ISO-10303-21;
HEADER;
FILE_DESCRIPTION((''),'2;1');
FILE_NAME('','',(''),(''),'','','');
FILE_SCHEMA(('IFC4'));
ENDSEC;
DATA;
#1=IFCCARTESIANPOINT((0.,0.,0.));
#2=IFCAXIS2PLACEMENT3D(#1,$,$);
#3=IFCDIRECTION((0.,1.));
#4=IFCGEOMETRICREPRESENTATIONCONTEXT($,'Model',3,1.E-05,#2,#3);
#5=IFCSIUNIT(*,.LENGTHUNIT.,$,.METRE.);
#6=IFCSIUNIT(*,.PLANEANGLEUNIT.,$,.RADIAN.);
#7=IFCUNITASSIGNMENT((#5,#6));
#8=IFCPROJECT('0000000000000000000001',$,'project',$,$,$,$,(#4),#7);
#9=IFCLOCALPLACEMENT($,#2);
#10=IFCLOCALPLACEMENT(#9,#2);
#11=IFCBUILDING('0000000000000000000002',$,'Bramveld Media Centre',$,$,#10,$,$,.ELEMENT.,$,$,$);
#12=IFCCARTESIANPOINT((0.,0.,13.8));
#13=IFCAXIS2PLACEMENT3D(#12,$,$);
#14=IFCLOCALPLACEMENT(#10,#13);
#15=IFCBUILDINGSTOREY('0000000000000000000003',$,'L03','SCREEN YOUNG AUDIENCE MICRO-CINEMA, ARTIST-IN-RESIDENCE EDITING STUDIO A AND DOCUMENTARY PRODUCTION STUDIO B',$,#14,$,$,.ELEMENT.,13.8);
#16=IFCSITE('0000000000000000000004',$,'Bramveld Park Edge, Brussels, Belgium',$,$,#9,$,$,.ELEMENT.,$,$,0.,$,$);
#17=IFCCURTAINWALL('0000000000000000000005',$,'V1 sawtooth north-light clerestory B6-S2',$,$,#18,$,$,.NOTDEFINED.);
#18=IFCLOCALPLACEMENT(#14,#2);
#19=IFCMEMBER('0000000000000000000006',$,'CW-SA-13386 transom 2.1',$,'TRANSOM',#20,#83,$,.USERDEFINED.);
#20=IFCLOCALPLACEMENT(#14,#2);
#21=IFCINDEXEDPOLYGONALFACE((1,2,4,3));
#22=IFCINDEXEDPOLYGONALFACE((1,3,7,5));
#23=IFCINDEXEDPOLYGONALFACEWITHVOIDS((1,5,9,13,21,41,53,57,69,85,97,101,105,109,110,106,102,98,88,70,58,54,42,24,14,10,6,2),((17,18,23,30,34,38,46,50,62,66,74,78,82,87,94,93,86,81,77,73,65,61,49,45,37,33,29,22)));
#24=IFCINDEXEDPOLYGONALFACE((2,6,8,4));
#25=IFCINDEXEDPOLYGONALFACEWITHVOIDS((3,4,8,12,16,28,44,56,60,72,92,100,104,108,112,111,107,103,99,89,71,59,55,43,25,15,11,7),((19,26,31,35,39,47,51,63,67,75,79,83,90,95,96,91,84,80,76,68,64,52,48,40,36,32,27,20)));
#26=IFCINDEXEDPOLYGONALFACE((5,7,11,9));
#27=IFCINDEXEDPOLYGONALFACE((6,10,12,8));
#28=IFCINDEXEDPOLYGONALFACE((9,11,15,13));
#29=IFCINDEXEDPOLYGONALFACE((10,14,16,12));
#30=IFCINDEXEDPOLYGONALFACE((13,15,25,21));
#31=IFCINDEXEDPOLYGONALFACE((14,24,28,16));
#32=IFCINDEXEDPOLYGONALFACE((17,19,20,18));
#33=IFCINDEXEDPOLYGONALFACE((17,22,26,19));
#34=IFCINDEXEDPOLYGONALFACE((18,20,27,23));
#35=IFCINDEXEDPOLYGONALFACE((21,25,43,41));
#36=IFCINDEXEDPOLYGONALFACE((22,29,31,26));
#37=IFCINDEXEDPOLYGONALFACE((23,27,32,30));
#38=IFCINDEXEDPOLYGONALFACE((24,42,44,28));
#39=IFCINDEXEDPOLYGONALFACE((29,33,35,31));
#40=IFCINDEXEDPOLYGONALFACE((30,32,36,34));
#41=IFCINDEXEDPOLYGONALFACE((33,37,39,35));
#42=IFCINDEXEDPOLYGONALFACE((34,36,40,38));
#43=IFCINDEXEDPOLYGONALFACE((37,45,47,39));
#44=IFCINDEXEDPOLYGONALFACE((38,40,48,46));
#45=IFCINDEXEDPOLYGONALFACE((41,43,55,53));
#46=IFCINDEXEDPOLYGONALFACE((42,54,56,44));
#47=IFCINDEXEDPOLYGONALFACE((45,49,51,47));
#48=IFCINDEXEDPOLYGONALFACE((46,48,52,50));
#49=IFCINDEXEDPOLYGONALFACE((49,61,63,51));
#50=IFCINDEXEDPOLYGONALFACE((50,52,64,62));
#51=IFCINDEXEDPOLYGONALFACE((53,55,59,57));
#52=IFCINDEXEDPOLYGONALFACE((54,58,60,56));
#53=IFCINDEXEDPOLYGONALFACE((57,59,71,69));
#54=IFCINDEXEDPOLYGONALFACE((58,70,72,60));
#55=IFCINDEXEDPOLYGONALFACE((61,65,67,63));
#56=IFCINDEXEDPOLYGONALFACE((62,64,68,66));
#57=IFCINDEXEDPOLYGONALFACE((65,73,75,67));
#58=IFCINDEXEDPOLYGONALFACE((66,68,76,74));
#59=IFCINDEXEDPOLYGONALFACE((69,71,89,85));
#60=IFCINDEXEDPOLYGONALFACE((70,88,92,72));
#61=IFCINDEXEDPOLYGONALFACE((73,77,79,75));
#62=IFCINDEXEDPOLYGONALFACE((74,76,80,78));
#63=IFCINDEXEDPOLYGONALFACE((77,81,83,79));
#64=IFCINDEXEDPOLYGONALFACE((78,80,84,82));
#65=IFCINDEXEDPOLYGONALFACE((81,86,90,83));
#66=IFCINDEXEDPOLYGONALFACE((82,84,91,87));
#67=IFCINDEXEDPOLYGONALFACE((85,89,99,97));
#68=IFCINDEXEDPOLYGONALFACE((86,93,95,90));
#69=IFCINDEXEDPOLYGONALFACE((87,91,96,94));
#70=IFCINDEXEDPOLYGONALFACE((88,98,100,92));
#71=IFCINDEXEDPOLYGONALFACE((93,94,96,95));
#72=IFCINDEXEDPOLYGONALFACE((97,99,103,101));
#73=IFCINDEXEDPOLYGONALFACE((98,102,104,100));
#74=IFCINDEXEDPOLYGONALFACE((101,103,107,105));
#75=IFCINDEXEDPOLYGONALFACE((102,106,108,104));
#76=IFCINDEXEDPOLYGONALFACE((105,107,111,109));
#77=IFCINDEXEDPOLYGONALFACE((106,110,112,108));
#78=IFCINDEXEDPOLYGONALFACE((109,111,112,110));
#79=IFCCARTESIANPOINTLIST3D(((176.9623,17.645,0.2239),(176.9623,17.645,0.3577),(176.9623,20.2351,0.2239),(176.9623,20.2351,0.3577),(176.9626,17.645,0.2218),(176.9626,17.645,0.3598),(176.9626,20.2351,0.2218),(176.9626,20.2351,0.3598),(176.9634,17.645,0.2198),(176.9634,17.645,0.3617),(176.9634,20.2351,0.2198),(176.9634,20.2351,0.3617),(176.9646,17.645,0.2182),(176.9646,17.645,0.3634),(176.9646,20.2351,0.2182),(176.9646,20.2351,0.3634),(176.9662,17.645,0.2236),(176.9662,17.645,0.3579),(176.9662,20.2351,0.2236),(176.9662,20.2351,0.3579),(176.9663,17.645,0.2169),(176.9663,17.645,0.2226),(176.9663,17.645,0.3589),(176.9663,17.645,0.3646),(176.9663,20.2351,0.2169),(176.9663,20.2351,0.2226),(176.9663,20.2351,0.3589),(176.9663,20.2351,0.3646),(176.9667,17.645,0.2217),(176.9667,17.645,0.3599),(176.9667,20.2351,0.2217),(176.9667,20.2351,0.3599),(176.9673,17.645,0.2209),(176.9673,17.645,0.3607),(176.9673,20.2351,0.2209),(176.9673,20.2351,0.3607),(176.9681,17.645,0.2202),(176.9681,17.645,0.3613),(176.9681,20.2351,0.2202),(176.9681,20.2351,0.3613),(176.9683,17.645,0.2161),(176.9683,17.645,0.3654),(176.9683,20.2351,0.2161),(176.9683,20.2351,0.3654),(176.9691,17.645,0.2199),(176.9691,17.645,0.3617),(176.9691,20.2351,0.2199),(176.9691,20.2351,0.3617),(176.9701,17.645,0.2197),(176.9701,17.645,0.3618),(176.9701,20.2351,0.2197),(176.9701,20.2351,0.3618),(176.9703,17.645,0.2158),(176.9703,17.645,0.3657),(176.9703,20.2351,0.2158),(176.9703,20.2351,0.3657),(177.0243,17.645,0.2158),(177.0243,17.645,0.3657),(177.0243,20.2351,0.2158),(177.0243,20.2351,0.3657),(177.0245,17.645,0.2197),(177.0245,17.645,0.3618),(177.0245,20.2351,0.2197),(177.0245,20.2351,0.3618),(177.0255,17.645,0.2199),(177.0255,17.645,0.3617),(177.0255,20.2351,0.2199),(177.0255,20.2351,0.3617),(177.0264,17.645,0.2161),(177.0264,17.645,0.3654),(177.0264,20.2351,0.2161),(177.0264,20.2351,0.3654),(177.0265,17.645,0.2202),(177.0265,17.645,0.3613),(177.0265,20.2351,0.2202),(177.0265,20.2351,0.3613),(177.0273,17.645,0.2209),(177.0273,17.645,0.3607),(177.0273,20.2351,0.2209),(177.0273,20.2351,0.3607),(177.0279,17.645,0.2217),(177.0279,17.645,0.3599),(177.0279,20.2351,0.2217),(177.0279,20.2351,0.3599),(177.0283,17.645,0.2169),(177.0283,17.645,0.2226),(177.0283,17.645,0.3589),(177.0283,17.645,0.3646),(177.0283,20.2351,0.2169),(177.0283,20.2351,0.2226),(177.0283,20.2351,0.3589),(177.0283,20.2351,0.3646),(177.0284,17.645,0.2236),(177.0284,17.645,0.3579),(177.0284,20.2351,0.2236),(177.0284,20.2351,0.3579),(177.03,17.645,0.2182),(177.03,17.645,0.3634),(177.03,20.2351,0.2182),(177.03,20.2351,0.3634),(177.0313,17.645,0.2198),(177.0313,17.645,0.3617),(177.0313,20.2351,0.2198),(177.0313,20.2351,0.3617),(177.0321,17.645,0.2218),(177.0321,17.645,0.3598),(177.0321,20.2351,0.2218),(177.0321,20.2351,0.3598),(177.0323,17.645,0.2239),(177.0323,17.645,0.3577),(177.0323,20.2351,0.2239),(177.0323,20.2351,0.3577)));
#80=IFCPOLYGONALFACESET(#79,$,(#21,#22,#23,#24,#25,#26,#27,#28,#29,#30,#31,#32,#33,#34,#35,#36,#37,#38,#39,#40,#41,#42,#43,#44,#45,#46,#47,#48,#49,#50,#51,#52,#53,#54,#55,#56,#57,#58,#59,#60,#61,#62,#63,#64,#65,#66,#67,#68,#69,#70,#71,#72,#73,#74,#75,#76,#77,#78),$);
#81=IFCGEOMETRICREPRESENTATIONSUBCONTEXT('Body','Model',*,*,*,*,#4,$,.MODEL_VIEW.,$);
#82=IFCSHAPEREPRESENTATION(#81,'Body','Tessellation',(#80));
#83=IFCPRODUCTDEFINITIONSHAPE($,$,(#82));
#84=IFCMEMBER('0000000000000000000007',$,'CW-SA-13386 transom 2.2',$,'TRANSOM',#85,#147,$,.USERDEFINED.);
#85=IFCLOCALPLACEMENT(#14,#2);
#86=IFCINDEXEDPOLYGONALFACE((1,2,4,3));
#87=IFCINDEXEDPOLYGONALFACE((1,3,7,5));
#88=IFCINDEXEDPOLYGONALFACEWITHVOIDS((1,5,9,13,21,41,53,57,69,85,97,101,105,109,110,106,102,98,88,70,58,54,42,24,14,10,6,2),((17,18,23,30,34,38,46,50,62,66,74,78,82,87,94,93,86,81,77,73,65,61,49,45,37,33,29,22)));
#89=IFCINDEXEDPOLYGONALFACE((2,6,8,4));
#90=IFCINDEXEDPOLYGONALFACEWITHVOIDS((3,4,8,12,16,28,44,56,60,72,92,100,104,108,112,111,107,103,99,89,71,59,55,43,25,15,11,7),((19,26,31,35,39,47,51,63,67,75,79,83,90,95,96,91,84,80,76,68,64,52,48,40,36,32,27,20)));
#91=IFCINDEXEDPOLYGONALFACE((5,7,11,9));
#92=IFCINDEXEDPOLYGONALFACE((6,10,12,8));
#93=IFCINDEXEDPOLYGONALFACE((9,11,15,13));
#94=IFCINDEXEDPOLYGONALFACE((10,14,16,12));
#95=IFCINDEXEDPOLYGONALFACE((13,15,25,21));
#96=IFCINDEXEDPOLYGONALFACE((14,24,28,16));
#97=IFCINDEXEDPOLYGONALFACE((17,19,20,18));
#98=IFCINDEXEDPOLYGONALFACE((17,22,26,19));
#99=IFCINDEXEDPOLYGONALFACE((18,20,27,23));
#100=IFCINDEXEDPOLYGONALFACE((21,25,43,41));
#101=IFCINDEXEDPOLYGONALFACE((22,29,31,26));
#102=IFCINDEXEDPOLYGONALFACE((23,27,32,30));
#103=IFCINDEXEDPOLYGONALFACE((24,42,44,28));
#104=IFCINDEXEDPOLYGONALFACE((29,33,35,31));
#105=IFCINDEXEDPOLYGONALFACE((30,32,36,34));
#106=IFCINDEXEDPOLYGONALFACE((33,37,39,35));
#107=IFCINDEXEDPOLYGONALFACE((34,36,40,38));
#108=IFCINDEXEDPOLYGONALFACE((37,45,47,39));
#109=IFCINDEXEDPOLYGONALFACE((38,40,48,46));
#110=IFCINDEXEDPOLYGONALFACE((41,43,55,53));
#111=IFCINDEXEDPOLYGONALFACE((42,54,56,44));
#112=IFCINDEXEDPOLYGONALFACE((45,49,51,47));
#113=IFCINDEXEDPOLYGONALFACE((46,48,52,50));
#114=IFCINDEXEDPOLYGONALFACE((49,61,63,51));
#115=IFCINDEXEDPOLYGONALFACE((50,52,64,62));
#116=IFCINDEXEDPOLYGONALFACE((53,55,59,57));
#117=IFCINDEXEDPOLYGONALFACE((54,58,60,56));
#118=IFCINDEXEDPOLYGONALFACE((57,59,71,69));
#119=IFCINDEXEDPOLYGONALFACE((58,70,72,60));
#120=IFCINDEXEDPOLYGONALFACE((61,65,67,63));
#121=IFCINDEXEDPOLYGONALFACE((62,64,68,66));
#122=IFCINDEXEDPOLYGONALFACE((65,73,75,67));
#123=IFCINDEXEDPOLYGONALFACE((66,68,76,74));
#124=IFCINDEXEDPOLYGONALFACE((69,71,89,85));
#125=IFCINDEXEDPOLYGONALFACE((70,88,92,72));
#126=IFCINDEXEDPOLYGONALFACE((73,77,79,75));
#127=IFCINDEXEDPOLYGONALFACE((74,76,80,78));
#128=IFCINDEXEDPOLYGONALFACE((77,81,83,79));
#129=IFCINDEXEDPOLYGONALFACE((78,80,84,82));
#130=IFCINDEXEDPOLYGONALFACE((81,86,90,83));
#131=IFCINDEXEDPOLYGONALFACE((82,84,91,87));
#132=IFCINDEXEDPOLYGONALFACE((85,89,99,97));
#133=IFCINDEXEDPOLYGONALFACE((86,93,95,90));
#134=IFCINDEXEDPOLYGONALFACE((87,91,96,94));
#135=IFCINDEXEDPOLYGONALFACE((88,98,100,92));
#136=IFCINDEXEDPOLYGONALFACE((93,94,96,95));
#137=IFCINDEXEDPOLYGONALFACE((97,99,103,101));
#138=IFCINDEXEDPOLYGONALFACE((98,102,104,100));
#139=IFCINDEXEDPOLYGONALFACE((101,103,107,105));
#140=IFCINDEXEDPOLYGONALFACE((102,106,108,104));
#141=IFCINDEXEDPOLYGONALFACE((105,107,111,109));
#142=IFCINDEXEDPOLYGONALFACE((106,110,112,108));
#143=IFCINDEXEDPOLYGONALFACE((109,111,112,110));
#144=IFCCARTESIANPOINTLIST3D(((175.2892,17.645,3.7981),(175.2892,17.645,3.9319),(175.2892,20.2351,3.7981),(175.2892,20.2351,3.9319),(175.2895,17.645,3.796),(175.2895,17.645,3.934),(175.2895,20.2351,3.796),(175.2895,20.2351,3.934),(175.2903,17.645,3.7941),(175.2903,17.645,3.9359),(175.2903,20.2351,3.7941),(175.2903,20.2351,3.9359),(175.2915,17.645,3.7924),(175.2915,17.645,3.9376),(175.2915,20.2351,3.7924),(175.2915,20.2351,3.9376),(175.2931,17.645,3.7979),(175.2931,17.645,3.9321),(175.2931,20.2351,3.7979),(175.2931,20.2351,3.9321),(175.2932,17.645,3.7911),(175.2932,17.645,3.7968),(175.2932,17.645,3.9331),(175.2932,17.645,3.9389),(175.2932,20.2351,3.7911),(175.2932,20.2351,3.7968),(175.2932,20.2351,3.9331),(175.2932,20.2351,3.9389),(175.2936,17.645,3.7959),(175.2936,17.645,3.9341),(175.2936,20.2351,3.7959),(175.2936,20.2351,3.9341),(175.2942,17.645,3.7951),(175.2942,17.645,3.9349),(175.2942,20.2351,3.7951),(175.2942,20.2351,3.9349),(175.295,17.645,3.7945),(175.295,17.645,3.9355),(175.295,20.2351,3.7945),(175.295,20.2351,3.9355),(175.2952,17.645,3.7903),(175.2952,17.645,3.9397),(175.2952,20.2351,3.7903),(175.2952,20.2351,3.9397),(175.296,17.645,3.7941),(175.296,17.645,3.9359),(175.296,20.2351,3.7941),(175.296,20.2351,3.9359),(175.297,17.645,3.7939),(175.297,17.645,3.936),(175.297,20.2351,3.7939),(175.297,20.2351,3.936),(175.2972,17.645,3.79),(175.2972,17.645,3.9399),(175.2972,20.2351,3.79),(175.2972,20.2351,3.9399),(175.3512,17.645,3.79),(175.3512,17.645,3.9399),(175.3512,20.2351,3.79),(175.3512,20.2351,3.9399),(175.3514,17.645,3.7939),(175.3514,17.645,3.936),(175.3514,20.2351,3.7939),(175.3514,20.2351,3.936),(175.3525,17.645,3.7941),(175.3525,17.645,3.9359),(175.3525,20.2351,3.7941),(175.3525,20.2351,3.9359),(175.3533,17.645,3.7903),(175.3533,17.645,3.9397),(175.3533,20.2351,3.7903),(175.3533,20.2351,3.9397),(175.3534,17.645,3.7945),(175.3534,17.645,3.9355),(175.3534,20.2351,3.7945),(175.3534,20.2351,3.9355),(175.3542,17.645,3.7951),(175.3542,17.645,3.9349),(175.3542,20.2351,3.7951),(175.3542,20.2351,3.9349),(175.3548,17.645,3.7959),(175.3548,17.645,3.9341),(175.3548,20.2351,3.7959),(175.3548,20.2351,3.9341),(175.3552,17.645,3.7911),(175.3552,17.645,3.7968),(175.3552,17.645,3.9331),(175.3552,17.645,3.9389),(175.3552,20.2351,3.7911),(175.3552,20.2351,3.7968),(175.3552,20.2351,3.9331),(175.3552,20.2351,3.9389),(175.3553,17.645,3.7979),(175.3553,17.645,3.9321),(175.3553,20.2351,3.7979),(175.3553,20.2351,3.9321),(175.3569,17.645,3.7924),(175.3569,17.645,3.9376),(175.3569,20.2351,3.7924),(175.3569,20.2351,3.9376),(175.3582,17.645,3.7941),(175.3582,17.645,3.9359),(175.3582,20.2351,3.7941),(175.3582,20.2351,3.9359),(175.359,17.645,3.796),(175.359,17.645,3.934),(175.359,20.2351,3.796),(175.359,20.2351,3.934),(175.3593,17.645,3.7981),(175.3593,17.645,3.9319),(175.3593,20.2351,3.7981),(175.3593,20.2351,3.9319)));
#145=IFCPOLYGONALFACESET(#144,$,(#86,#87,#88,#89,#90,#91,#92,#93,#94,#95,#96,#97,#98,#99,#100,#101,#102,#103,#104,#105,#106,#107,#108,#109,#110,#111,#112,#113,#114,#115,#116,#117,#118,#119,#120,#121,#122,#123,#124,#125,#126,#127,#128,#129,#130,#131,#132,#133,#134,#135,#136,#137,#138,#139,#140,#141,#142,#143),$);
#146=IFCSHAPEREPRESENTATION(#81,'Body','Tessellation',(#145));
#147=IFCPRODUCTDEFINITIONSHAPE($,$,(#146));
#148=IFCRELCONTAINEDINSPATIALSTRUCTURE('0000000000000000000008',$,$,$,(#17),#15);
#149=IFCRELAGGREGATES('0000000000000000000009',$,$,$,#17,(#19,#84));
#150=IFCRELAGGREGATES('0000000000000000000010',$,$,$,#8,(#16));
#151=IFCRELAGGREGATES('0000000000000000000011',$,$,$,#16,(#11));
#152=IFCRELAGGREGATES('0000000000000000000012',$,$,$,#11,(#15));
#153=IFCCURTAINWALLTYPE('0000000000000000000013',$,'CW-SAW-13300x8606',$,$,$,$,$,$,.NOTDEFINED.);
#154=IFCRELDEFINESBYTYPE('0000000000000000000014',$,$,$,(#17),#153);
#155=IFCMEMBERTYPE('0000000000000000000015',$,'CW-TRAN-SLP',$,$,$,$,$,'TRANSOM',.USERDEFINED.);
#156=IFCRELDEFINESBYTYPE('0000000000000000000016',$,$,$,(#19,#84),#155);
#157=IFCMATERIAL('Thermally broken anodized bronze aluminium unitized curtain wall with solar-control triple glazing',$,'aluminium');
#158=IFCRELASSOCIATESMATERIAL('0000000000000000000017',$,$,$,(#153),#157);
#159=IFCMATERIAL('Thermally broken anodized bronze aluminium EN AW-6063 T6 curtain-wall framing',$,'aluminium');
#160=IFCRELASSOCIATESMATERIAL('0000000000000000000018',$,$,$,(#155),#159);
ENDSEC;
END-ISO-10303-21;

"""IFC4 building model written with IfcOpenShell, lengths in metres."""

from ifc_helpers import new_model, si_unit, direction, frame, origin, origin_2d, place, context, subcontext, project, spatial, hollow_rectangle, extrude, material, material_profile, profile_set, type_object, element, aggregate, save


model = new_model("IFC4")

# Units and contexts
model_context = context("Model", 3, precision=1e-05, world=origin(), true_north=direction((0.0, 1.0)))
body_context = subcontext(model_context, "Body", "Model", "MODEL_VIEW")
ifc_project = project(units=[si_unit("LENGTHUNIT", "METRE"), si_unit("PLANEANGLEUNIT", "RADIAN")], contexts=[model_context])

# Site, building, storey
site_placement = place(None, origin())
site = spatial("IfcSite", under=ifc_project, at=site_placement, Name="Bramveld Park Edge, Brussels, Belgium", CompositionType="ELEMENT", RefElevation=0.0)
building_placement = place(site_placement, origin())
building = spatial("IfcBuilding", under=site, at=building_placement, Name="Bramveld Media Centre", CompositionType="ELEMENT")
storey_placement = place(building_placement, frame((0.0, 0.0, 13.8)))
storey = spatial("IfcBuildingStorey", under=building, at=storey_placement, Name="L03", Description="SCREEN YOUNG AUDIENCE MICRO-CINEMA, ARTIST-IN-RESIDENCE EDITING STUDIO A AND DOCUMENTARY PRODUCTION STUDIO B", CompositionType="ELEMENT", Elevation=13.8)

# Curtain wall
ifc_material_1 = material(Name="Thermally broken anodized bronze aluminium unitized curtain wall with solar-control triple glazing", Category="aluminium")
curtain_wall_type = type_object("IfcCurtainWallType", Name="CW-SAW-13300x8606", PredefinedType="NOTDEFINED", material=ifc_material_1)
curtain_wall_1_placement = place(storey_placement, origin())
curtain_wall_1 = element("IfcCurtainWall", 1, at=curtain_wall_1_placement, inside=storey, type_object=curtain_wall_type, Name="V1 sawtooth north-light clerestory B6-S2", PredefinedType="NOTDEFINED")

# Members
ifc_material_2 = material(Name="Thermally broken anodized bronze aluminium EN AW-6063 T6 curtain-wall framing", Category="aluminium")
ifc_material_profile_1 = material_profile(ifc_material_2, hollow_rectangle(XDim=0.0701, YDim=0.1499, WallThickness=0.0039, InnerFilletRadius=0.0039, OuterFilletRadius=0.0081, at=origin_2d()), Name="AL-TRAN 70x150")
ifc_profile_set_1 = profile_set([ifc_material_profile_1], Name="Thermally broken anodized bronze aluminium EN AW-6063 T6 curtain-wall framing")
member_type_1 = type_object("IfcMemberType", Name="CW-TRAN-SLP", ElementType="TRANSOM", PredefinedType="USERDEFINED", material=ifc_profile_set_1)
member_1_placement = place(storey_placement, frame((176.9973, 17.645, 0.2908), z_axis=(0.0, 1.0, 0.0), x_axis=(-1.0, 0.0, 0.0)))
member_1 = element("IfcMember", 2, at=member_1_placement, type_object=member_type_1, Name="CW-SA-13386 transom 2.1", ObjectType="TRANSOM", PredefinedType="USERDEFINED", context=body_context, shape_type="SweptSolid", body=[
    extrude(hollow_rectangle(XDim=0.0701, YDim=0.1499, WallThickness=0.0039, InnerFilletRadius=0.0039, OuterFilletRadius=0.0081, at=origin_2d()), origin(), (0.0, 0.0, 1.0), 2.5901),
])
member_2_placement = place(storey_placement, frame((175.3242, 17.645, 3.865), z_axis=(0.0, 1.0, 0.0), x_axis=(-1.0, 0.0, 0.0)))
member_2 = element("IfcMember", 3, at=member_2_placement, type_object=member_type_1, Name="CW-SA-13386 transom 2.2", ObjectType="TRANSOM", PredefinedType="USERDEFINED", context=body_context, shape_type="SweptSolid", body=[
    extrude(hollow_rectangle(XDim=0.0701, YDim=0.1499, WallThickness=0.0039, InnerFilletRadius=0.0039, OuterFilletRadius=0.0081, at=origin_2d()), origin(), (0.0, 0.0, 1.0), 2.5901),
])

aggregate(curtain_wall_1, [member_1, member_2])

save(model, "model.ifc")
